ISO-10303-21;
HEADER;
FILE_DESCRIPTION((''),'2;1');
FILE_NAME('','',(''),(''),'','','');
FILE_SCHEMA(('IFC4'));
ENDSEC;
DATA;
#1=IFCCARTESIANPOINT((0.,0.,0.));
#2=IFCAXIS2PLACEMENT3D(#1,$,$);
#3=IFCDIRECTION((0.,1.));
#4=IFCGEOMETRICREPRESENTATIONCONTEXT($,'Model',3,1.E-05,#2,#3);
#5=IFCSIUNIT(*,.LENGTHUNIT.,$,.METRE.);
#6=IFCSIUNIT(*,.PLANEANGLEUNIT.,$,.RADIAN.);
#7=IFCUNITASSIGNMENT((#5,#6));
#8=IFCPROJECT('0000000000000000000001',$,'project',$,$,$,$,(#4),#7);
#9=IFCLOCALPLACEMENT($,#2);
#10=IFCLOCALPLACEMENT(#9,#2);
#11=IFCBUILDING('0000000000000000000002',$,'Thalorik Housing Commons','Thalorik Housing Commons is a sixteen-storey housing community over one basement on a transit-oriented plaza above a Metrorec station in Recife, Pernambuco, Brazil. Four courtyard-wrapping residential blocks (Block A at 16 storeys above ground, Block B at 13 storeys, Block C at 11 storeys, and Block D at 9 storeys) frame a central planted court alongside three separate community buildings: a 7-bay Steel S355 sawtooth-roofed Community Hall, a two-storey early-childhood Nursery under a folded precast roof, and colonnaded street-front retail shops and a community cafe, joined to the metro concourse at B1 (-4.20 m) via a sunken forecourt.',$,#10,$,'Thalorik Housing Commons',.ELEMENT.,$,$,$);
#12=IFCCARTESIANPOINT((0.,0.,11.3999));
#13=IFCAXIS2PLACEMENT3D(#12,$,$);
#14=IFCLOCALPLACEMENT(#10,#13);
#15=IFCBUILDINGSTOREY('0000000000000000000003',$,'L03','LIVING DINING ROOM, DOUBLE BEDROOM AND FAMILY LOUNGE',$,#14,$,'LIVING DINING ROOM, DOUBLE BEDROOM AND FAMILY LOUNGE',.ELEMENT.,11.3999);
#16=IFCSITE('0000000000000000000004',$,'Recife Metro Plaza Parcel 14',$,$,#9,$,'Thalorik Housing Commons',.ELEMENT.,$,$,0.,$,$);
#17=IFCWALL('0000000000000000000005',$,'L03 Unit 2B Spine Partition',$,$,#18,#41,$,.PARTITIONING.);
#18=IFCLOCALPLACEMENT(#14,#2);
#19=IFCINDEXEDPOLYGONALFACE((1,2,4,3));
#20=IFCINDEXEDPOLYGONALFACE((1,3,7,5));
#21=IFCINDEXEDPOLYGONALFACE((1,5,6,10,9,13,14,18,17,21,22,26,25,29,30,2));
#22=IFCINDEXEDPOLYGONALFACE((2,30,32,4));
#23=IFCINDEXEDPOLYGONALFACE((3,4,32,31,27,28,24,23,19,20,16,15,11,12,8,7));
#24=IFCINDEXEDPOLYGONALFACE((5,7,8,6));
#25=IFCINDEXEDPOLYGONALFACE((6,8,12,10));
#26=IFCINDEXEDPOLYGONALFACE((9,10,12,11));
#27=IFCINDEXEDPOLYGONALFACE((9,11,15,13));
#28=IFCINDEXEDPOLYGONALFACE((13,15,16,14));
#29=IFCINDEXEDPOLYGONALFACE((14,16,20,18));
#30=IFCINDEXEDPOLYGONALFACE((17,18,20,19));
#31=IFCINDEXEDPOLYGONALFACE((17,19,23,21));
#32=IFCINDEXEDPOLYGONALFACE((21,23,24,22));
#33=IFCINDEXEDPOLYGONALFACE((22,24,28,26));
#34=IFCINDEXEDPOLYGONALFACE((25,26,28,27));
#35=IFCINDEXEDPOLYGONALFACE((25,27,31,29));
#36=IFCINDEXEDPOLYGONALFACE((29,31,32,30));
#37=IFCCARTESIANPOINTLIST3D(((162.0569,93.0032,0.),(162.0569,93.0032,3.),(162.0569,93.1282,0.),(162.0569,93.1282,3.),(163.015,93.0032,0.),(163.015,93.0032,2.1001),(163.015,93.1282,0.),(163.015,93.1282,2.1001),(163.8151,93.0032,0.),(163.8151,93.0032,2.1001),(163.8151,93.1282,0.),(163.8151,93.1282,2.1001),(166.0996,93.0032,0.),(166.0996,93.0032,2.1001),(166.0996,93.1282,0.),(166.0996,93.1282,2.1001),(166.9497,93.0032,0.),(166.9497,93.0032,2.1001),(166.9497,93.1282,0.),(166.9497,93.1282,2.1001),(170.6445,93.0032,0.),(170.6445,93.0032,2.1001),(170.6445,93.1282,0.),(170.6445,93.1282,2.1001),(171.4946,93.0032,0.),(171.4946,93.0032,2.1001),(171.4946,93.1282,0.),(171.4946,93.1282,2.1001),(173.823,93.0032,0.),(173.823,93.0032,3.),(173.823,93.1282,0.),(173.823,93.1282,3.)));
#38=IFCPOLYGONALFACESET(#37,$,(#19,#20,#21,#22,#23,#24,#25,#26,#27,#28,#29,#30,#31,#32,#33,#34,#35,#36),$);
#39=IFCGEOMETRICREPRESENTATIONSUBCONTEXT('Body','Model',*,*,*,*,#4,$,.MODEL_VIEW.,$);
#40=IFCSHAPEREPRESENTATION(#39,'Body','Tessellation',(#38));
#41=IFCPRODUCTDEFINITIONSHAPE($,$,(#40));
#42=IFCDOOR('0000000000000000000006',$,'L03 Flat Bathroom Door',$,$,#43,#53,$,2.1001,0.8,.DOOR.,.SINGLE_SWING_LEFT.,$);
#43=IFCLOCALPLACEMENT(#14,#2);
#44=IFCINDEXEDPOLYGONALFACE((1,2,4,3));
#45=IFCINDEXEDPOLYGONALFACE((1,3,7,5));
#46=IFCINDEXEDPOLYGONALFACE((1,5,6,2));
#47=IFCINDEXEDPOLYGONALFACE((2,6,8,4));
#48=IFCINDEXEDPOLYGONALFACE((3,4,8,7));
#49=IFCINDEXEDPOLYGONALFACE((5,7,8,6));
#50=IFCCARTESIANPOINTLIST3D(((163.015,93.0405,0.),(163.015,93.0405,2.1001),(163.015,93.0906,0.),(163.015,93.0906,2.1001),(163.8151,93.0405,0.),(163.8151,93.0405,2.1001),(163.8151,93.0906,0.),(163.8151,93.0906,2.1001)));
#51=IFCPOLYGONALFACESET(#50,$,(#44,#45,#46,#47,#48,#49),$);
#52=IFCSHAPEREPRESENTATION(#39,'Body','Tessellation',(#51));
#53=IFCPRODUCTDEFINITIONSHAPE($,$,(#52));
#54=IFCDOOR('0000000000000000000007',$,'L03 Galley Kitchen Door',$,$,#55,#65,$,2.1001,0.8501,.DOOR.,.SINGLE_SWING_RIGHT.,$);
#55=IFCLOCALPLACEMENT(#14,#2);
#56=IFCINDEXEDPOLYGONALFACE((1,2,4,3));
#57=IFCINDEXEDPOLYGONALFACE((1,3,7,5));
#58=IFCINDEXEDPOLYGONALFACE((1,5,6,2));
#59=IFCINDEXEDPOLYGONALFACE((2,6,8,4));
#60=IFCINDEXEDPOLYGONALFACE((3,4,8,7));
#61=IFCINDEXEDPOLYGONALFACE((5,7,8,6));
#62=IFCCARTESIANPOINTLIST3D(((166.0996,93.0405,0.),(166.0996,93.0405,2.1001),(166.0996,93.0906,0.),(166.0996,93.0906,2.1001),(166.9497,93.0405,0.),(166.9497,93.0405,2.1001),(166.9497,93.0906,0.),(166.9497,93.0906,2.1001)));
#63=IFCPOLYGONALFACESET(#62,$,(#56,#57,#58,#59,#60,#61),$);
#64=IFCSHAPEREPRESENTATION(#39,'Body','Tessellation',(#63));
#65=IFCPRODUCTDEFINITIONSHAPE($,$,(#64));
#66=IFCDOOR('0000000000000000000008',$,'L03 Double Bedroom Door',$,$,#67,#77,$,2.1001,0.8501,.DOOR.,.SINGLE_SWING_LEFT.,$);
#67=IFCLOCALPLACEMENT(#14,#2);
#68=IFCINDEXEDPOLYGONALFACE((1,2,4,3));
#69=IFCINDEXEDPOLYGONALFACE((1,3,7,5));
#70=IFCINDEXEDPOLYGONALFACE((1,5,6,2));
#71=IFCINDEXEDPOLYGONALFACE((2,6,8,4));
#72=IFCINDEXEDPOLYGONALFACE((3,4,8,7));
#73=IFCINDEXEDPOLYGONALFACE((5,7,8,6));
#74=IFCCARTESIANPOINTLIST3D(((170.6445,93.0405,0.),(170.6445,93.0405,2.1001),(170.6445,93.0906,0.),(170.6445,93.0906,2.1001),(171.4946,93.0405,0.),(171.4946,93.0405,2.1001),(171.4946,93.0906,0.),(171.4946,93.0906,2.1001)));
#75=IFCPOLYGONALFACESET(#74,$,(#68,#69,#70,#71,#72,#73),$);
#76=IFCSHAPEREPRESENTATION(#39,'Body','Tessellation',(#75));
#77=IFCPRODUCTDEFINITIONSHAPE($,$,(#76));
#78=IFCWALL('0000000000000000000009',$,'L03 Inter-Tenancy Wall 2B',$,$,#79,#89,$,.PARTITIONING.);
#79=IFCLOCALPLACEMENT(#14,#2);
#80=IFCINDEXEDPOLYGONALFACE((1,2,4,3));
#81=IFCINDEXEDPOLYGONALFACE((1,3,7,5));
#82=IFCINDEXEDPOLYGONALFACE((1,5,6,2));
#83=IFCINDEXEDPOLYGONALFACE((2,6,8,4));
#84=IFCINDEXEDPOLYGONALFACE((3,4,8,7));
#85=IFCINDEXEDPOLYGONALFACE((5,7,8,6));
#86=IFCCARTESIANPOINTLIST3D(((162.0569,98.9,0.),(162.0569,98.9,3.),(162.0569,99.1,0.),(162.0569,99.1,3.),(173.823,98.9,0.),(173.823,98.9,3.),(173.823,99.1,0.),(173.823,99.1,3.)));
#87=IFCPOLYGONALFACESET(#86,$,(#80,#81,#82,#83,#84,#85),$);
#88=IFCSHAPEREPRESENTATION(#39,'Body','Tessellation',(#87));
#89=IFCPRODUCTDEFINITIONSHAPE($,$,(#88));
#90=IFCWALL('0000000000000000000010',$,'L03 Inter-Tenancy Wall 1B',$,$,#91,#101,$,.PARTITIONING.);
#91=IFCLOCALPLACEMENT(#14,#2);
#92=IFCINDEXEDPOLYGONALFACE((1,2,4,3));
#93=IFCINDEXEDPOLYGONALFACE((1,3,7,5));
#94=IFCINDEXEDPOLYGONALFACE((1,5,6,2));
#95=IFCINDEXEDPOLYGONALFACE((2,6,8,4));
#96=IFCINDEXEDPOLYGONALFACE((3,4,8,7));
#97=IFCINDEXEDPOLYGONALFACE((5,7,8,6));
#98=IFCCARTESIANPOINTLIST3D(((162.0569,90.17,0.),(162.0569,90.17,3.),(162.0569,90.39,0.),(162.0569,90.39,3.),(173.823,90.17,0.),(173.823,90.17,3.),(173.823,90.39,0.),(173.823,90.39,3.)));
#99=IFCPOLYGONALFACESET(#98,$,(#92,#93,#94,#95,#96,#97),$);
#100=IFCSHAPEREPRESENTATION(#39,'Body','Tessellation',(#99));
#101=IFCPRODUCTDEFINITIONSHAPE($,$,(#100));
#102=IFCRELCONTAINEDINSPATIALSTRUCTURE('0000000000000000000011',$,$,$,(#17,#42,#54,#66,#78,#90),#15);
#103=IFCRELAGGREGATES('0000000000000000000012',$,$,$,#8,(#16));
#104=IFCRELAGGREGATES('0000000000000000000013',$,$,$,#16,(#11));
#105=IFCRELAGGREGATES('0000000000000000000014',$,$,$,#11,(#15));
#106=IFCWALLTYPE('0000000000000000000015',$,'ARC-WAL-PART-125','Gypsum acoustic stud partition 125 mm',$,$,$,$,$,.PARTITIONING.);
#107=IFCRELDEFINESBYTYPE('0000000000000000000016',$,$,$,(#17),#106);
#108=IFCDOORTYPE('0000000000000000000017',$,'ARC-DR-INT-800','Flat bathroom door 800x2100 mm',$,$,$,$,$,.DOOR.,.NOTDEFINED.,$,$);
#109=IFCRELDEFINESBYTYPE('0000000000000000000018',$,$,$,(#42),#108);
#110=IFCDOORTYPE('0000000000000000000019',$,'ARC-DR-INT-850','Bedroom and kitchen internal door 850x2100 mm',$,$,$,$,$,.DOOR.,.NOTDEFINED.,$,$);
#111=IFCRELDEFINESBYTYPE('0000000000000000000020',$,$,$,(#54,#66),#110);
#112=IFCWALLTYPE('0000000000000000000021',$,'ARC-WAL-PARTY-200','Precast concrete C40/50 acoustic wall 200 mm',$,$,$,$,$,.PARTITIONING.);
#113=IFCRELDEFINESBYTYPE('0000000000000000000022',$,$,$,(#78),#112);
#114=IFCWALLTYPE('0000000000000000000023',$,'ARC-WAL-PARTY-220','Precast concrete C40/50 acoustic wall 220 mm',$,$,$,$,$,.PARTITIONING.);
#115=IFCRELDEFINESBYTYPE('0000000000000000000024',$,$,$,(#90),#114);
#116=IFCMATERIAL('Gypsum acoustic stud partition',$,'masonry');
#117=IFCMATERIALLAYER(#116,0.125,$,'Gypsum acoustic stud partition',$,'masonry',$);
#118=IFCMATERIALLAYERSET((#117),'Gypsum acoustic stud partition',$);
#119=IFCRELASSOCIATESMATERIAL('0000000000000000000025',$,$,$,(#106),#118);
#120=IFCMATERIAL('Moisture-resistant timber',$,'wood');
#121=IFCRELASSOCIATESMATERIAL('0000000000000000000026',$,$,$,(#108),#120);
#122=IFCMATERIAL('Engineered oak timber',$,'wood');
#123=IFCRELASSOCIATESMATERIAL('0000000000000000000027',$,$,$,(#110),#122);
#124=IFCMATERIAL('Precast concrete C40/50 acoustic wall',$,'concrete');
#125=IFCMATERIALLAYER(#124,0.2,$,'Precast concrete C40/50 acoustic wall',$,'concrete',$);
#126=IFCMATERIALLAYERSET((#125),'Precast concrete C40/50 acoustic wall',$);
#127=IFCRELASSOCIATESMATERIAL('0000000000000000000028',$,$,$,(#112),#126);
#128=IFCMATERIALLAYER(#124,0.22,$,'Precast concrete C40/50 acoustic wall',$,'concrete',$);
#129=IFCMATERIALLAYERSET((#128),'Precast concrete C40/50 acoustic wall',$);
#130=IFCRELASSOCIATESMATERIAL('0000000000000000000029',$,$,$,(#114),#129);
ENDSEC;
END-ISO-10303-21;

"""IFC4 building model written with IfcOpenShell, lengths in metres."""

from ifc_helpers import new_model, si_unit, direction, frame, frame_2d, origin, place, context, subcontext, project, spatial, rectangle, extrude, material, layer, layer_set, type_object, element, fill, save


model = new_model("IFC4")

# Units and contexts
model_context = context("Model", 3, precision=1e-05, world=origin(), true_north=direction((0.0, 1.0)))
body_context = subcontext(model_context, "Body", "Model", "MODEL_VIEW")
ifc_project = project(units=[si_unit("LENGTHUNIT", "METRE"), si_unit("PLANEANGLEUNIT", "RADIAN")], contexts=[model_context])

# Site, building, storey
site_placement = place(None, origin())
site = spatial("IfcSite", under=ifc_project, at=site_placement, Name="Recife Metro Plaza Parcel 14", LongName="Thalorik Housing Commons", CompositionType="ELEMENT", RefElevation=0.0)
building_placement = place(site_placement, origin())
building = spatial("IfcBuilding", under=site, at=building_placement, Name="Thalorik Housing Commons", Description="Thalorik Housing Commons is a sixteen-storey housing community over one basement on a transit-oriented plaza above a Metrorec station in Recife, Pernambuco, Brazil. Four courtyard-wrapping residential blocks (Block A at 16 storeys above ground, Block B at 13 storeys, Block C at 11 storeys, and Block D at 9 storeys) frame a central planted court alongside three separate community buildings: a 7-bay Steel S355 sawtooth-roofed Community Hall, a two-storey early-childhood Nursery under a folded precast roof, and colonnaded street-front retail shops and a community cafe, joined to the metro concourse at B1 (-4.20 m) via a sunken forecourt.", LongName="Thalorik Housing Commons", CompositionType="ELEMENT")
storey_placement = place(building_placement, frame((0.0, 0.0, 11.3999)))
storey = spatial("IfcBuildingStorey", under=building, at=storey_placement, Name="L03", Description="LIVING DINING ROOM, DOUBLE BEDROOM AND FAMILY LOUNGE", LongName="LIVING DINING ROOM, DOUBLE BEDROOM AND FAMILY LOUNGE", CompositionType="ELEMENT", Elevation=11.3999)

# Wall, openings, doors
ifc_material_1 = material(Name="Gypsum acoustic stud partition", Category="masonry")
ifc_layer_1 = layer(ifc_material_1, 0.125, Name="Gypsum acoustic stud partition", Category="masonry")
ifc_layer_set_1 = layer_set([ifc_layer_1], Name="Gypsum acoustic stud partition")
wall_type_1 = type_object("IfcWallType", Name="ARC-WAL-PART-125", Description="Gypsum acoustic stud partition 125 mm", PredefinedType="PARTITIONING", material=ifc_layer_set_1)
wall_1_placement = place(storey_placement, frame((162.0569, 93.0657, 0.0), z_axis=(0.0, 0.0, 1.0), x_axis=(1.0, 0.0, 0.0)))
wall_1 = element("IfcWall", 1, at=wall_1_placement, inside=storey, type_object=wall_type_1, Name="L03 Unit 2B Spine Partition", PredefinedType="PARTITIONING", context=body_context, shape_type="SweptSolid", body=[
    extrude(rectangle(XDim=11.7661, YDim=0.125, at=frame_2d((5.8831, 0.0))), origin(), (0.0, 0.0, 1.0), 3.0),
])
opening_1_placement = place(wall_1_placement, frame((0.9583, 0.0, 0.0)))
opening_1 = element("IfcOpeningElement", 2, at=opening_1_placement, cuts=wall_1, PredefinedType="OPENING", context=body_context, shape_type="SweptSolid", body=[
    extrude(rectangle(XDim=0.8, YDim=2.1001, at=frame_2d((0.3999, 1.05))), frame((0.0, 0.0725, 0.0), z_axis=(0.0, -1.0, 0.0), x_axis=(1.0, 0.0, 0.0)), (0.0, 0.0, 1.0), 0.145),
])
opening_2_placement = place(wall_1_placement, frame((4.0427, 0.0, 0.0)))
opening_2 = element("IfcOpeningElement", 3, at=opening_2_placement, cuts=wall_1, PredefinedType="OPENING", context=body_context, shape_type="SweptSolid", body=[
    extrude(rectangle(XDim=0.8501, YDim=2.1001, at=frame_2d((0.425, 1.05))), frame((0.0, 0.0725, 0.0), z_axis=(0.0, -1.0, 0.0), x_axis=(1.0, 0.0, 0.0)), (0.0, 0.0, 1.0), 0.145),
])
opening_3_placement = place(wall_1_placement, frame((8.5876, 0.0, 0.0)))
opening_3 = element("IfcOpeningElement", 4, at=opening_3_placement, cuts=wall_1, PredefinedType="OPENING", context=body_context, shape_type="SweptSolid", body=[
    extrude(rectangle(XDim=0.8501, YDim=2.1001, at=frame_2d((0.425, 1.05))), frame((0.0, 0.0725, 0.0), z_axis=(0.0, -1.0, 0.0), x_axis=(1.0, 0.0, 0.0)), (0.0, 0.0, 1.0), 0.145),
])
ifc_material_2 = material(Name="Moisture-resistant timber", Category="wood")
door_type_1 = type_object("IfcDoorType", Name="ARC-DR-INT-800", Description="Flat bathroom door 800x2100 mm", OperationType="NOTDEFINED", PredefinedType="DOOR", material=ifc_material_2)
door_1_placement = place(opening_1_placement, origin())
door_1 = element("IfcDoor", 5, at=door_1_placement, inside=storey, type_object=door_type_1, Name="L03 Flat Bathroom Door", OperationType="SINGLE_SWING_LEFT", OverallHeight=2.1001, OverallWidth=0.8, PredefinedType="DOOR", context=body_context, shape_type="SweptSolid", body=[
    extrude(rectangle(XDim=0.8, YDim=2.1001, at=frame_2d((0.3999, 1.05))), frame((0.0, 0.0249, 0.0), z_axis=(0.0, -1.0, 0.0), x_axis=(1.0, 0.0, 0.0)), (0.0, 0.0, 1.0), 0.05),
])
fill(opening_1, door_1)
ifc_material_3 = material(Name="Engineered oak timber", Category="wood")
door_type_2 = type_object("IfcDoorType", Name="ARC-DR-INT-850", Description="Bedroom and kitchen internal door 850x2100 mm", OperationType="NOTDEFINED", PredefinedType="DOOR", material=ifc_material_3)
door_2_placement = place(opening_2_placement, origin())
door_2 = element("IfcDoor", 6, at=door_2_placement, inside=storey, type_object=door_type_2, Name="L03 Galley Kitchen Door", OperationType="SINGLE_SWING_RIGHT", OverallHeight=2.1001, OverallWidth=0.8501, PredefinedType="DOOR", context=body_context, shape_type="SweptSolid", body=[
    extrude(rectangle(XDim=0.8501, YDim=2.1001, at=frame_2d((0.425, 1.05))), frame((0.0, 0.0249, 0.0), z_axis=(0.0, -1.0, 0.0), x_axis=(1.0, 0.0, 0.0)), (0.0, 0.0, 1.0), 0.05),
])
fill(opening_2, door_2)
door_3_placement = place(opening_3_placement, origin())
door_3 = element("IfcDoor", 7, at=door_3_placement, inside=storey, type_object=door_type_2, Name="L03 Double Bedroom Door", OperationType="SINGLE_SWING_LEFT", OverallHeight=2.1001, OverallWidth=0.8501, PredefinedType="DOOR", context=body_context, shape_type="SweptSolid", body=[
    extrude(rectangle(XDim=0.8501, YDim=2.1001, at=frame_2d((0.425, 1.05))), frame((0.0, 0.0249, 0.0), z_axis=(0.0, -1.0, 0.0), x_axis=(1.0, 0.0, 0.0)), (0.0, 0.0, 1.0), 0.05),
])
fill(opening_3, door_3)

# Walls
ifc_material_4 = material(Name="Precast concrete C40/50 acoustic wall", Category="concrete")
ifc_layer_2 = layer(ifc_material_4, 0.2, Name="Precast concrete C40/50 acoustic wall", Category="concrete")
ifc_layer_set_2 = layer_set([ifc_layer_2], Name="Precast concrete C40/50 acoustic wall")
wall_type_2 = type_object("IfcWallType", Name="ARC-WAL-PARTY-200", Description="Precast concrete C40/50 acoustic wall 200 mm", PredefinedType="PARTITIONING", material=ifc_layer_set_2)
wall_2_placement = place(storey_placement, frame((162.0569, 99.0, 0.0), z_axis=(0.0, 0.0, 1.0), x_axis=(1.0, 0.0, 0.0)))
element("IfcWall", 8, at=wall_2_placement, inside=storey, type_object=wall_type_2, Name="L03 Inter-Tenancy Wall 2B", PredefinedType="PARTITIONING", context=body_context, shape_type="SweptSolid", body=[
    extrude(rectangle(XDim=11.7661, YDim=0.2, at=frame_2d((5.8831, 0.0))), origin(), (0.0, 0.0, 1.0), 3.0),
])
ifc_layer_3 = layer(ifc_material_4, 0.22, Name="Precast concrete C40/50 acoustic wall", Category="concrete")
ifc_layer_set_3 = layer_set([ifc_layer_3], Name="Precast concrete C40/50 acoustic wall")
wall_type_3 = type_object("IfcWallType", Name="ARC-WAL-PARTY-220", Description="Precast concrete C40/50 acoustic wall 220 mm", PredefinedType="PARTITIONING", material=ifc_layer_set_3)
wall_3_placement = place(storey_placement, frame((162.0569, 90.28, 0.0), z_axis=(0.0, 0.0, 1.0), x_axis=(1.0, 0.0, 0.0)))
element("IfcWall", 9, at=wall_3_placement, inside=storey, type_object=wall_type_3, Name="L03 Inter-Tenancy Wall 1B", PredefinedType="PARTITIONING", context=body_context, shape_type="SweptSolid", body=[
    extrude(rectangle(XDim=11.7661, YDim=0.22, at=frame_2d((5.8831, 0.0))), origin(), (0.0, 0.0, 1.0), 3.0),
])

save(model, "model.ifc")
